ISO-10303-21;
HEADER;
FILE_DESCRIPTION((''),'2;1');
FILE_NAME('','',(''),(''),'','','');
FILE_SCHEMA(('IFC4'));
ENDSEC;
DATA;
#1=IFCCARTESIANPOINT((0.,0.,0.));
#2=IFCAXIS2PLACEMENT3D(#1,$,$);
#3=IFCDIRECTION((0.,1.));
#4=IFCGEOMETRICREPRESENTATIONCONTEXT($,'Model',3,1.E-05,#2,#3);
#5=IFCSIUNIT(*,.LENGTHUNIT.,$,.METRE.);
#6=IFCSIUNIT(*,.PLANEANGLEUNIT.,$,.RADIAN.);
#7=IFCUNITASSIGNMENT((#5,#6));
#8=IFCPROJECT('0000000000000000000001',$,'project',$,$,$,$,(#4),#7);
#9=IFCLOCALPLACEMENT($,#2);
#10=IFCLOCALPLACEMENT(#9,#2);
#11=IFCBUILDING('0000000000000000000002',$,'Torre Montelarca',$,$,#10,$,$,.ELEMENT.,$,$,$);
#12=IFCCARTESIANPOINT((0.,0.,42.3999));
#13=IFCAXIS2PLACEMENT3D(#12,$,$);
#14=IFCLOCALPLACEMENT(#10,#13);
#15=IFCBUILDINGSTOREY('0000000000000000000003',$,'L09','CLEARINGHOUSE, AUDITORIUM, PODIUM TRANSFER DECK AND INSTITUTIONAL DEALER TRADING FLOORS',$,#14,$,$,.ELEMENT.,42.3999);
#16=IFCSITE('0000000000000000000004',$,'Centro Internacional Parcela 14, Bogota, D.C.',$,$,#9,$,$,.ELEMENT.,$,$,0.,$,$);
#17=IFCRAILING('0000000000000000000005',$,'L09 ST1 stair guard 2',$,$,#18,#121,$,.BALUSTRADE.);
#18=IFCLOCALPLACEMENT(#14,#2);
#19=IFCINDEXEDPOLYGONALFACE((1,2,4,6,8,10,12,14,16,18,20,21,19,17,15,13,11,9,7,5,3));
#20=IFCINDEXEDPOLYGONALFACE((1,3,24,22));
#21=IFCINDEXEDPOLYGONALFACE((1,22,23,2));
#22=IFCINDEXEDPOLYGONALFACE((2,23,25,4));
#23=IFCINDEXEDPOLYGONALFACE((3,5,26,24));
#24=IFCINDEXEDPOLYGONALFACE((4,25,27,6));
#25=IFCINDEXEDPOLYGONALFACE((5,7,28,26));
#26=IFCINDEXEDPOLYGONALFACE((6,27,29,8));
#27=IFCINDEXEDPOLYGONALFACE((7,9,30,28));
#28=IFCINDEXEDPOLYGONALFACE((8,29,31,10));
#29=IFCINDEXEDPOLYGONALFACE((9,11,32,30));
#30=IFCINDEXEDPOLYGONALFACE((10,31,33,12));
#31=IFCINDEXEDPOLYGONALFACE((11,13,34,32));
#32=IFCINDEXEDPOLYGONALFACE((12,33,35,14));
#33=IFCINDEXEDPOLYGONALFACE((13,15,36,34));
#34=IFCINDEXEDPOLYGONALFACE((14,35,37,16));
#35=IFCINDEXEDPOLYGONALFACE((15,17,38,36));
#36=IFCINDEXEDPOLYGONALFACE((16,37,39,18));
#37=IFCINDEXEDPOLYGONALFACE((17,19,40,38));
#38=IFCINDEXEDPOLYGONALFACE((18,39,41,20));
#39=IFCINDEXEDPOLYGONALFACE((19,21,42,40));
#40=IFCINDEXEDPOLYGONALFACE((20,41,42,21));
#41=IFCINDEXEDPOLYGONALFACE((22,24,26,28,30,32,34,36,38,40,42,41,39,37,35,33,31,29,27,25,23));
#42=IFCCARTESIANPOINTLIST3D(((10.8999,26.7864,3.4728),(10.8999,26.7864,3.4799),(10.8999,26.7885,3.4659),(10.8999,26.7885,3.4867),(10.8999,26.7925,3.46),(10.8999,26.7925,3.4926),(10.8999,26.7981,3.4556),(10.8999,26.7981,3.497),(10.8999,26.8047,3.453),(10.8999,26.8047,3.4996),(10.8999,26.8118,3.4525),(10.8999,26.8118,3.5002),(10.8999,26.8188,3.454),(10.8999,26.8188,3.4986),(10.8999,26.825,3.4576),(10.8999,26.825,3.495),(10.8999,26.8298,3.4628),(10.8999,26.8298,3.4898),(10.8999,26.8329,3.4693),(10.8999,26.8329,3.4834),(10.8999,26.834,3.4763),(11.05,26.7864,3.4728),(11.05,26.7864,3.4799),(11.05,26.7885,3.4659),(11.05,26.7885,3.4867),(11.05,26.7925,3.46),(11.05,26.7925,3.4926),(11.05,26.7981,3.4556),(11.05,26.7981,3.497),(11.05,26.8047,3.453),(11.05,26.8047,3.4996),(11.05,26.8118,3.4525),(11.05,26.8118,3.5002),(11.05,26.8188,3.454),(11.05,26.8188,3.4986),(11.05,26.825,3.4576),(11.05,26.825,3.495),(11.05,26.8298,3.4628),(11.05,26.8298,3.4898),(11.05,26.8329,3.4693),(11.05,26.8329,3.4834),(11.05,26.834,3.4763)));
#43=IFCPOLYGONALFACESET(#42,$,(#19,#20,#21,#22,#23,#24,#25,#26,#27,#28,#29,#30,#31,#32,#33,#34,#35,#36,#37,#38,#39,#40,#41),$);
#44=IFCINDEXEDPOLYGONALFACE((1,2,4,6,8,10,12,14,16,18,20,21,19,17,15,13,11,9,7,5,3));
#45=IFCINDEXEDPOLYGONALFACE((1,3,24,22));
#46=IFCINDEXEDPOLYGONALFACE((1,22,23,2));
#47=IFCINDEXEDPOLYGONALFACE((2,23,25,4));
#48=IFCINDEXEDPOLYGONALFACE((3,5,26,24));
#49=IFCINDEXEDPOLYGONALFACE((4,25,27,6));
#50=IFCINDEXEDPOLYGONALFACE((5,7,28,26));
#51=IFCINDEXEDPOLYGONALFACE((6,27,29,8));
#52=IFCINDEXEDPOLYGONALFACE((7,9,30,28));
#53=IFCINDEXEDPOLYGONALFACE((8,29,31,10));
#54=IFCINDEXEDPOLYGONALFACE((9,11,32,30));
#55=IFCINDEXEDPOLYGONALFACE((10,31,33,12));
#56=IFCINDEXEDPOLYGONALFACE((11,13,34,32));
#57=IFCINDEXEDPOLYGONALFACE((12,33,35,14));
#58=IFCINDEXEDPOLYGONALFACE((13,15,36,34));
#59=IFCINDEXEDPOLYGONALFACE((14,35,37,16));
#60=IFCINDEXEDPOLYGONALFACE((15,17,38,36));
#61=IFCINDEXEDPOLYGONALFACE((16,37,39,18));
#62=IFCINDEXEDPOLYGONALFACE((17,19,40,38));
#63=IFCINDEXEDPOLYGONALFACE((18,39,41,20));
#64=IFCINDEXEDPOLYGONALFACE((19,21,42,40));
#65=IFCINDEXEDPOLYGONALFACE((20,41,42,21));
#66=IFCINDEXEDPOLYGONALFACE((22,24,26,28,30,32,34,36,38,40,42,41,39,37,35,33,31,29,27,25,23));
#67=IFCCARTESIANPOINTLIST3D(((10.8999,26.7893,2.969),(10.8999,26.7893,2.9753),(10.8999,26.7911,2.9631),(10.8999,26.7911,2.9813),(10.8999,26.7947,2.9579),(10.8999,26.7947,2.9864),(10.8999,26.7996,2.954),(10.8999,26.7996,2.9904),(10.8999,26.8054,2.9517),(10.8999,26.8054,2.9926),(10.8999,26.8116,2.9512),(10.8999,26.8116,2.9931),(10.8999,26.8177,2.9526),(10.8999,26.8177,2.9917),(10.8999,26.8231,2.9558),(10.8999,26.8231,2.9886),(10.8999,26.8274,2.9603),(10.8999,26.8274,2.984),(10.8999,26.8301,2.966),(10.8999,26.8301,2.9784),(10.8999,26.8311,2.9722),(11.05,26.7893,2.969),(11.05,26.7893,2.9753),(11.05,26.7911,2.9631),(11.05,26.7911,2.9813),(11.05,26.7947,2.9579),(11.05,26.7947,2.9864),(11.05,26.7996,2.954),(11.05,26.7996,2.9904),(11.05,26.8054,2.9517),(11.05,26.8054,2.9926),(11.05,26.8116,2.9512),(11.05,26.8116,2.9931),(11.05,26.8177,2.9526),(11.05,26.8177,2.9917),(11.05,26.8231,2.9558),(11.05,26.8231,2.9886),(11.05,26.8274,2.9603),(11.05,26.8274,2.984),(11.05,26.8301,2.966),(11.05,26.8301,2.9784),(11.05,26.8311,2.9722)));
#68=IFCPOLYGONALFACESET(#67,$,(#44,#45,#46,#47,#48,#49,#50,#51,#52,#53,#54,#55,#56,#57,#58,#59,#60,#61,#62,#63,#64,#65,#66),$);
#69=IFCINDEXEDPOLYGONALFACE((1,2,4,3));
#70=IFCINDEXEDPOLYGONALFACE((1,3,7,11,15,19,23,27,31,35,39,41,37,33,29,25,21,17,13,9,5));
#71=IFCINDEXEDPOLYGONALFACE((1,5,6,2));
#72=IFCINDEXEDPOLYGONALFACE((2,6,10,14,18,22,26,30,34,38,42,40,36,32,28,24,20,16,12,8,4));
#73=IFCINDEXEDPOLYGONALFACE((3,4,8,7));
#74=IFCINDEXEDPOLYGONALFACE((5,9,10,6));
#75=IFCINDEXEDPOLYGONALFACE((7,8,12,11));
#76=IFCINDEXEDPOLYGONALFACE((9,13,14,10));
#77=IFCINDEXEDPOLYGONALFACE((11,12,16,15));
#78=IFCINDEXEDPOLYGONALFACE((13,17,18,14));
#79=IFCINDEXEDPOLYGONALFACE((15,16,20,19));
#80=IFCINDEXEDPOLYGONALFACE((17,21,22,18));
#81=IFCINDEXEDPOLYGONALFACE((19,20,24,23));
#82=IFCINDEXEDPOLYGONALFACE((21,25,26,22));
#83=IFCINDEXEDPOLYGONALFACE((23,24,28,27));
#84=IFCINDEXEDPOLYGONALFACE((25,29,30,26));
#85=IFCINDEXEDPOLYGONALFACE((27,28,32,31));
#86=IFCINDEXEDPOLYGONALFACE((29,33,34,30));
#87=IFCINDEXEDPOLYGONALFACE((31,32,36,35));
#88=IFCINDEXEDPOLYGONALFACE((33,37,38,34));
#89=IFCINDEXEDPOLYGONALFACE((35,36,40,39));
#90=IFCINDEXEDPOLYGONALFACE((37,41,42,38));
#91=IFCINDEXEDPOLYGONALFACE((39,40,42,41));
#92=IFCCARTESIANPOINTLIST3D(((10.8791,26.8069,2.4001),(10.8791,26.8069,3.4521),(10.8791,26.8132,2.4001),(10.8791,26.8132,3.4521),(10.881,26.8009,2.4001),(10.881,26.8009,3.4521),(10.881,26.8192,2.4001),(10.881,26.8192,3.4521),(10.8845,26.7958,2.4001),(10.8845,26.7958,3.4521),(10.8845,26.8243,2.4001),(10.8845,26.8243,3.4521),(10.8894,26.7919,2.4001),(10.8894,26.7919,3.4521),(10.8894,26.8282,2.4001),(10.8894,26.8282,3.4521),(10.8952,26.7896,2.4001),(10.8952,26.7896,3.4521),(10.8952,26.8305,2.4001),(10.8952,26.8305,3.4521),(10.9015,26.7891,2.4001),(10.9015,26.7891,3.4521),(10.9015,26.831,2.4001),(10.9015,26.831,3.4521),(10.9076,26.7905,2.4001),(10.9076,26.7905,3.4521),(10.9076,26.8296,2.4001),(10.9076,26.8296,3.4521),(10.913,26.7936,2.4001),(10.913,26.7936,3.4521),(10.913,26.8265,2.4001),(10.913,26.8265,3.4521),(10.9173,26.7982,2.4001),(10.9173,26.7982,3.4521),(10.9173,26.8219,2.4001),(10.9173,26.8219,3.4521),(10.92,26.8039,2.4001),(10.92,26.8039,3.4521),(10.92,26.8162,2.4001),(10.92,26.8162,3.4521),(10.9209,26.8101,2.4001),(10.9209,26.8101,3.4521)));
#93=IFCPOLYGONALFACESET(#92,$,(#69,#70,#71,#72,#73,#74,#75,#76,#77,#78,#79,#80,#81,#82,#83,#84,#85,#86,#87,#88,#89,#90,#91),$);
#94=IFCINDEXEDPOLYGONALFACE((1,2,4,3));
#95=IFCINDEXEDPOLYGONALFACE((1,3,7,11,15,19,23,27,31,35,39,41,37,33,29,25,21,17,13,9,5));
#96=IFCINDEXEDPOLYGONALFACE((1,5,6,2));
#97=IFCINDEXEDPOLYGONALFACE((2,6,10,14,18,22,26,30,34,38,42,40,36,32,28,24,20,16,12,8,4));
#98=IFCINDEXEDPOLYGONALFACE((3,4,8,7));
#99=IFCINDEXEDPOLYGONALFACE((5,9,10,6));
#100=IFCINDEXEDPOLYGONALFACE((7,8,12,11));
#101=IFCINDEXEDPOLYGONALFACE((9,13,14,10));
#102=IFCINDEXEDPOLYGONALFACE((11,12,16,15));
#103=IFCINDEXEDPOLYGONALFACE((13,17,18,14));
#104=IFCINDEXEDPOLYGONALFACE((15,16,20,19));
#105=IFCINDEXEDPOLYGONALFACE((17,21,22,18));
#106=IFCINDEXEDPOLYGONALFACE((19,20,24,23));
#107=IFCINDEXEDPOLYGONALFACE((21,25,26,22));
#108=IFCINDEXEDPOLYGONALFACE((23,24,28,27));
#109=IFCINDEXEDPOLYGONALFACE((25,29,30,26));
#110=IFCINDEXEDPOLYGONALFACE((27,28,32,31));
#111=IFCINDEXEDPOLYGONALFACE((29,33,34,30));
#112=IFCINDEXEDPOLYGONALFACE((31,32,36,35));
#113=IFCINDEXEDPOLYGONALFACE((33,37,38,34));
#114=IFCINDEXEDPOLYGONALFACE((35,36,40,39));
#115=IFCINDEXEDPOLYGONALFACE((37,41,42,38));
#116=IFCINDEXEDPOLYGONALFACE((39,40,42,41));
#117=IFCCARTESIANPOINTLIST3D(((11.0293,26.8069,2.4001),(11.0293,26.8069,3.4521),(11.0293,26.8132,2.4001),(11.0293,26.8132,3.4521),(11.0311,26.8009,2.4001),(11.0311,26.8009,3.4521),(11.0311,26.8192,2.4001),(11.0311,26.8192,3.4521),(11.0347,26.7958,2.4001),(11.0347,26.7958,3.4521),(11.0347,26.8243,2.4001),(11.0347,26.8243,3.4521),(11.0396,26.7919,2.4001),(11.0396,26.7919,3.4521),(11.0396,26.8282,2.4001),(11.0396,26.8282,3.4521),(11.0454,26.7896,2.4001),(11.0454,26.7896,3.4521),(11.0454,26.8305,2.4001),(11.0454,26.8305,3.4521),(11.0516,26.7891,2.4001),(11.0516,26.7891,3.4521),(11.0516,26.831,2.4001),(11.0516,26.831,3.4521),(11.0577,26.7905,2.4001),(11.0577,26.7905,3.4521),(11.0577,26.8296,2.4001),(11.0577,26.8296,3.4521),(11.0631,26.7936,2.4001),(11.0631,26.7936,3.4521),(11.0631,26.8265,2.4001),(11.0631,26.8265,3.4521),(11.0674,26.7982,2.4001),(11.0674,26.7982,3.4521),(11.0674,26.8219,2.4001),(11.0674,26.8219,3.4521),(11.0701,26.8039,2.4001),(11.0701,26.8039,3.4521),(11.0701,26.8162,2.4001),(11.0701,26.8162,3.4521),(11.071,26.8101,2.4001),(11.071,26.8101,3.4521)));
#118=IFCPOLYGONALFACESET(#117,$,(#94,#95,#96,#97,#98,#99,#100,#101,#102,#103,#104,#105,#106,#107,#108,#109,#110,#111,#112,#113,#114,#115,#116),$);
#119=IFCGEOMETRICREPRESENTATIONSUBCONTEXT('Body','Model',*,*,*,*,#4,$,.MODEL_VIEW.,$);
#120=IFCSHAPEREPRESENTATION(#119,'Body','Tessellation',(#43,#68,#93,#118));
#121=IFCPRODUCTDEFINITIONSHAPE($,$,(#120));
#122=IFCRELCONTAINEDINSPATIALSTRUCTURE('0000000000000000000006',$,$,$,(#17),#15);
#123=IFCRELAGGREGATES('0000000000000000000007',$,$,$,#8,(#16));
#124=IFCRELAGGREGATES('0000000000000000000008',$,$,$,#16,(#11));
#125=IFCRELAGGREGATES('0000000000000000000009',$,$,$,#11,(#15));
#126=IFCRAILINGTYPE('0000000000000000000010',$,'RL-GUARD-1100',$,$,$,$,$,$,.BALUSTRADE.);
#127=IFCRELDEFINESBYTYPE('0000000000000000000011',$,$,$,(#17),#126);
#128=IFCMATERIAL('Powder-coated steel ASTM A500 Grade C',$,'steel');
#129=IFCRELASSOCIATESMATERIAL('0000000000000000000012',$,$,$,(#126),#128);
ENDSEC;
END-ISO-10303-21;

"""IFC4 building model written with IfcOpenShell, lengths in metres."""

from ifc_helpers import new_model, si_unit, direction, frame, origin, origin_2d, place, context, subcontext, project, spatial, circle, extrude, material, type_object, element, save


model = new_model("IFC4")

# Units and contexts
model_context = context("Model", 3, precision=1e-05, world=origin(), true_north=direction((0.0, 1.0)))
body_context = subcontext(model_context, "Body", "Model", "MODEL_VIEW")
ifc_project = project(units=[si_unit("LENGTHUNIT", "METRE"), si_unit("PLANEANGLEUNIT", "RADIAN")], contexts=[model_context])

# Site, building, storey
site_placement = place(None, origin())
site = spatial("IfcSite", under=ifc_project, at=site_placement, Name="Centro Internacional Parcela 14, Bogota, D.C.", CompositionType="ELEMENT", RefElevation=0.0)
building_placement = place(site_placement, origin())
building = spatial("IfcBuilding", under=site, at=building_placement, Name="Torre Montelarca", CompositionType="ELEMENT")
storey_placement = place(building_placement, frame((0.0, 0.0, 42.3999)))
storey = spatial("IfcBuildingStorey", under=building, at=storey_placement, Name="L09", Description="CLEARINGHOUSE, AUDITORIUM, PODIUM TRANSFER DECK AND INSTITUTIONAL DEALER TRADING FLOORS", CompositionType="ELEMENT", Elevation=42.3999)

# Railing
ifc_material_1 = material(Name="Powder-coated steel ASTM A500 Grade C", Category="steel")
railing_type_1 = type_object("IfcRailingType", Name="RL-GUARD-1100", PredefinedType="BALUSTRADE", material=ifc_material_1)
railing_1_placement = place(storey_placement, frame((10.8999, 26.8101, 2.4001)))
element("IfcRailing", 1, at=railing_1_placement, inside=storey, type_object=railing_type_1, Name="L09 ST1 stair guard 2", PredefinedType="BALUSTRADE", context=body_context, shape_type="SweptSolid", body=[
    extrude(circle(Radius=0.0239, at=origin_2d()), frame((0.0, 0.0, 1.0762), z_axis=(1.0, 0.0, 0.0), x_axis=(0.0, 1.0, 0.0)), (0.0, 0.0, 1.0), 0.1501),
    extrude(circle(Radius=0.021, at=origin_2d()), frame((0.0, 0.0, 0.572), z_axis=(1.0, 0.0, 0.0), x_axis=(0.0, 1.0, 0.0)), (0.0, 0.0, 1.0), 0.1501),
    extrude(circle(Radius=0.021, at=origin_2d()), origin(), (0.0, 0.0, 1.0), 1.052),
    extrude(circle(Radius=0.021, at=origin_2d()), frame((0.1501, 0.0, 0.0)), (0.0, 0.0, 1.0), 1.052),
])

save(model, "model.ifc")
